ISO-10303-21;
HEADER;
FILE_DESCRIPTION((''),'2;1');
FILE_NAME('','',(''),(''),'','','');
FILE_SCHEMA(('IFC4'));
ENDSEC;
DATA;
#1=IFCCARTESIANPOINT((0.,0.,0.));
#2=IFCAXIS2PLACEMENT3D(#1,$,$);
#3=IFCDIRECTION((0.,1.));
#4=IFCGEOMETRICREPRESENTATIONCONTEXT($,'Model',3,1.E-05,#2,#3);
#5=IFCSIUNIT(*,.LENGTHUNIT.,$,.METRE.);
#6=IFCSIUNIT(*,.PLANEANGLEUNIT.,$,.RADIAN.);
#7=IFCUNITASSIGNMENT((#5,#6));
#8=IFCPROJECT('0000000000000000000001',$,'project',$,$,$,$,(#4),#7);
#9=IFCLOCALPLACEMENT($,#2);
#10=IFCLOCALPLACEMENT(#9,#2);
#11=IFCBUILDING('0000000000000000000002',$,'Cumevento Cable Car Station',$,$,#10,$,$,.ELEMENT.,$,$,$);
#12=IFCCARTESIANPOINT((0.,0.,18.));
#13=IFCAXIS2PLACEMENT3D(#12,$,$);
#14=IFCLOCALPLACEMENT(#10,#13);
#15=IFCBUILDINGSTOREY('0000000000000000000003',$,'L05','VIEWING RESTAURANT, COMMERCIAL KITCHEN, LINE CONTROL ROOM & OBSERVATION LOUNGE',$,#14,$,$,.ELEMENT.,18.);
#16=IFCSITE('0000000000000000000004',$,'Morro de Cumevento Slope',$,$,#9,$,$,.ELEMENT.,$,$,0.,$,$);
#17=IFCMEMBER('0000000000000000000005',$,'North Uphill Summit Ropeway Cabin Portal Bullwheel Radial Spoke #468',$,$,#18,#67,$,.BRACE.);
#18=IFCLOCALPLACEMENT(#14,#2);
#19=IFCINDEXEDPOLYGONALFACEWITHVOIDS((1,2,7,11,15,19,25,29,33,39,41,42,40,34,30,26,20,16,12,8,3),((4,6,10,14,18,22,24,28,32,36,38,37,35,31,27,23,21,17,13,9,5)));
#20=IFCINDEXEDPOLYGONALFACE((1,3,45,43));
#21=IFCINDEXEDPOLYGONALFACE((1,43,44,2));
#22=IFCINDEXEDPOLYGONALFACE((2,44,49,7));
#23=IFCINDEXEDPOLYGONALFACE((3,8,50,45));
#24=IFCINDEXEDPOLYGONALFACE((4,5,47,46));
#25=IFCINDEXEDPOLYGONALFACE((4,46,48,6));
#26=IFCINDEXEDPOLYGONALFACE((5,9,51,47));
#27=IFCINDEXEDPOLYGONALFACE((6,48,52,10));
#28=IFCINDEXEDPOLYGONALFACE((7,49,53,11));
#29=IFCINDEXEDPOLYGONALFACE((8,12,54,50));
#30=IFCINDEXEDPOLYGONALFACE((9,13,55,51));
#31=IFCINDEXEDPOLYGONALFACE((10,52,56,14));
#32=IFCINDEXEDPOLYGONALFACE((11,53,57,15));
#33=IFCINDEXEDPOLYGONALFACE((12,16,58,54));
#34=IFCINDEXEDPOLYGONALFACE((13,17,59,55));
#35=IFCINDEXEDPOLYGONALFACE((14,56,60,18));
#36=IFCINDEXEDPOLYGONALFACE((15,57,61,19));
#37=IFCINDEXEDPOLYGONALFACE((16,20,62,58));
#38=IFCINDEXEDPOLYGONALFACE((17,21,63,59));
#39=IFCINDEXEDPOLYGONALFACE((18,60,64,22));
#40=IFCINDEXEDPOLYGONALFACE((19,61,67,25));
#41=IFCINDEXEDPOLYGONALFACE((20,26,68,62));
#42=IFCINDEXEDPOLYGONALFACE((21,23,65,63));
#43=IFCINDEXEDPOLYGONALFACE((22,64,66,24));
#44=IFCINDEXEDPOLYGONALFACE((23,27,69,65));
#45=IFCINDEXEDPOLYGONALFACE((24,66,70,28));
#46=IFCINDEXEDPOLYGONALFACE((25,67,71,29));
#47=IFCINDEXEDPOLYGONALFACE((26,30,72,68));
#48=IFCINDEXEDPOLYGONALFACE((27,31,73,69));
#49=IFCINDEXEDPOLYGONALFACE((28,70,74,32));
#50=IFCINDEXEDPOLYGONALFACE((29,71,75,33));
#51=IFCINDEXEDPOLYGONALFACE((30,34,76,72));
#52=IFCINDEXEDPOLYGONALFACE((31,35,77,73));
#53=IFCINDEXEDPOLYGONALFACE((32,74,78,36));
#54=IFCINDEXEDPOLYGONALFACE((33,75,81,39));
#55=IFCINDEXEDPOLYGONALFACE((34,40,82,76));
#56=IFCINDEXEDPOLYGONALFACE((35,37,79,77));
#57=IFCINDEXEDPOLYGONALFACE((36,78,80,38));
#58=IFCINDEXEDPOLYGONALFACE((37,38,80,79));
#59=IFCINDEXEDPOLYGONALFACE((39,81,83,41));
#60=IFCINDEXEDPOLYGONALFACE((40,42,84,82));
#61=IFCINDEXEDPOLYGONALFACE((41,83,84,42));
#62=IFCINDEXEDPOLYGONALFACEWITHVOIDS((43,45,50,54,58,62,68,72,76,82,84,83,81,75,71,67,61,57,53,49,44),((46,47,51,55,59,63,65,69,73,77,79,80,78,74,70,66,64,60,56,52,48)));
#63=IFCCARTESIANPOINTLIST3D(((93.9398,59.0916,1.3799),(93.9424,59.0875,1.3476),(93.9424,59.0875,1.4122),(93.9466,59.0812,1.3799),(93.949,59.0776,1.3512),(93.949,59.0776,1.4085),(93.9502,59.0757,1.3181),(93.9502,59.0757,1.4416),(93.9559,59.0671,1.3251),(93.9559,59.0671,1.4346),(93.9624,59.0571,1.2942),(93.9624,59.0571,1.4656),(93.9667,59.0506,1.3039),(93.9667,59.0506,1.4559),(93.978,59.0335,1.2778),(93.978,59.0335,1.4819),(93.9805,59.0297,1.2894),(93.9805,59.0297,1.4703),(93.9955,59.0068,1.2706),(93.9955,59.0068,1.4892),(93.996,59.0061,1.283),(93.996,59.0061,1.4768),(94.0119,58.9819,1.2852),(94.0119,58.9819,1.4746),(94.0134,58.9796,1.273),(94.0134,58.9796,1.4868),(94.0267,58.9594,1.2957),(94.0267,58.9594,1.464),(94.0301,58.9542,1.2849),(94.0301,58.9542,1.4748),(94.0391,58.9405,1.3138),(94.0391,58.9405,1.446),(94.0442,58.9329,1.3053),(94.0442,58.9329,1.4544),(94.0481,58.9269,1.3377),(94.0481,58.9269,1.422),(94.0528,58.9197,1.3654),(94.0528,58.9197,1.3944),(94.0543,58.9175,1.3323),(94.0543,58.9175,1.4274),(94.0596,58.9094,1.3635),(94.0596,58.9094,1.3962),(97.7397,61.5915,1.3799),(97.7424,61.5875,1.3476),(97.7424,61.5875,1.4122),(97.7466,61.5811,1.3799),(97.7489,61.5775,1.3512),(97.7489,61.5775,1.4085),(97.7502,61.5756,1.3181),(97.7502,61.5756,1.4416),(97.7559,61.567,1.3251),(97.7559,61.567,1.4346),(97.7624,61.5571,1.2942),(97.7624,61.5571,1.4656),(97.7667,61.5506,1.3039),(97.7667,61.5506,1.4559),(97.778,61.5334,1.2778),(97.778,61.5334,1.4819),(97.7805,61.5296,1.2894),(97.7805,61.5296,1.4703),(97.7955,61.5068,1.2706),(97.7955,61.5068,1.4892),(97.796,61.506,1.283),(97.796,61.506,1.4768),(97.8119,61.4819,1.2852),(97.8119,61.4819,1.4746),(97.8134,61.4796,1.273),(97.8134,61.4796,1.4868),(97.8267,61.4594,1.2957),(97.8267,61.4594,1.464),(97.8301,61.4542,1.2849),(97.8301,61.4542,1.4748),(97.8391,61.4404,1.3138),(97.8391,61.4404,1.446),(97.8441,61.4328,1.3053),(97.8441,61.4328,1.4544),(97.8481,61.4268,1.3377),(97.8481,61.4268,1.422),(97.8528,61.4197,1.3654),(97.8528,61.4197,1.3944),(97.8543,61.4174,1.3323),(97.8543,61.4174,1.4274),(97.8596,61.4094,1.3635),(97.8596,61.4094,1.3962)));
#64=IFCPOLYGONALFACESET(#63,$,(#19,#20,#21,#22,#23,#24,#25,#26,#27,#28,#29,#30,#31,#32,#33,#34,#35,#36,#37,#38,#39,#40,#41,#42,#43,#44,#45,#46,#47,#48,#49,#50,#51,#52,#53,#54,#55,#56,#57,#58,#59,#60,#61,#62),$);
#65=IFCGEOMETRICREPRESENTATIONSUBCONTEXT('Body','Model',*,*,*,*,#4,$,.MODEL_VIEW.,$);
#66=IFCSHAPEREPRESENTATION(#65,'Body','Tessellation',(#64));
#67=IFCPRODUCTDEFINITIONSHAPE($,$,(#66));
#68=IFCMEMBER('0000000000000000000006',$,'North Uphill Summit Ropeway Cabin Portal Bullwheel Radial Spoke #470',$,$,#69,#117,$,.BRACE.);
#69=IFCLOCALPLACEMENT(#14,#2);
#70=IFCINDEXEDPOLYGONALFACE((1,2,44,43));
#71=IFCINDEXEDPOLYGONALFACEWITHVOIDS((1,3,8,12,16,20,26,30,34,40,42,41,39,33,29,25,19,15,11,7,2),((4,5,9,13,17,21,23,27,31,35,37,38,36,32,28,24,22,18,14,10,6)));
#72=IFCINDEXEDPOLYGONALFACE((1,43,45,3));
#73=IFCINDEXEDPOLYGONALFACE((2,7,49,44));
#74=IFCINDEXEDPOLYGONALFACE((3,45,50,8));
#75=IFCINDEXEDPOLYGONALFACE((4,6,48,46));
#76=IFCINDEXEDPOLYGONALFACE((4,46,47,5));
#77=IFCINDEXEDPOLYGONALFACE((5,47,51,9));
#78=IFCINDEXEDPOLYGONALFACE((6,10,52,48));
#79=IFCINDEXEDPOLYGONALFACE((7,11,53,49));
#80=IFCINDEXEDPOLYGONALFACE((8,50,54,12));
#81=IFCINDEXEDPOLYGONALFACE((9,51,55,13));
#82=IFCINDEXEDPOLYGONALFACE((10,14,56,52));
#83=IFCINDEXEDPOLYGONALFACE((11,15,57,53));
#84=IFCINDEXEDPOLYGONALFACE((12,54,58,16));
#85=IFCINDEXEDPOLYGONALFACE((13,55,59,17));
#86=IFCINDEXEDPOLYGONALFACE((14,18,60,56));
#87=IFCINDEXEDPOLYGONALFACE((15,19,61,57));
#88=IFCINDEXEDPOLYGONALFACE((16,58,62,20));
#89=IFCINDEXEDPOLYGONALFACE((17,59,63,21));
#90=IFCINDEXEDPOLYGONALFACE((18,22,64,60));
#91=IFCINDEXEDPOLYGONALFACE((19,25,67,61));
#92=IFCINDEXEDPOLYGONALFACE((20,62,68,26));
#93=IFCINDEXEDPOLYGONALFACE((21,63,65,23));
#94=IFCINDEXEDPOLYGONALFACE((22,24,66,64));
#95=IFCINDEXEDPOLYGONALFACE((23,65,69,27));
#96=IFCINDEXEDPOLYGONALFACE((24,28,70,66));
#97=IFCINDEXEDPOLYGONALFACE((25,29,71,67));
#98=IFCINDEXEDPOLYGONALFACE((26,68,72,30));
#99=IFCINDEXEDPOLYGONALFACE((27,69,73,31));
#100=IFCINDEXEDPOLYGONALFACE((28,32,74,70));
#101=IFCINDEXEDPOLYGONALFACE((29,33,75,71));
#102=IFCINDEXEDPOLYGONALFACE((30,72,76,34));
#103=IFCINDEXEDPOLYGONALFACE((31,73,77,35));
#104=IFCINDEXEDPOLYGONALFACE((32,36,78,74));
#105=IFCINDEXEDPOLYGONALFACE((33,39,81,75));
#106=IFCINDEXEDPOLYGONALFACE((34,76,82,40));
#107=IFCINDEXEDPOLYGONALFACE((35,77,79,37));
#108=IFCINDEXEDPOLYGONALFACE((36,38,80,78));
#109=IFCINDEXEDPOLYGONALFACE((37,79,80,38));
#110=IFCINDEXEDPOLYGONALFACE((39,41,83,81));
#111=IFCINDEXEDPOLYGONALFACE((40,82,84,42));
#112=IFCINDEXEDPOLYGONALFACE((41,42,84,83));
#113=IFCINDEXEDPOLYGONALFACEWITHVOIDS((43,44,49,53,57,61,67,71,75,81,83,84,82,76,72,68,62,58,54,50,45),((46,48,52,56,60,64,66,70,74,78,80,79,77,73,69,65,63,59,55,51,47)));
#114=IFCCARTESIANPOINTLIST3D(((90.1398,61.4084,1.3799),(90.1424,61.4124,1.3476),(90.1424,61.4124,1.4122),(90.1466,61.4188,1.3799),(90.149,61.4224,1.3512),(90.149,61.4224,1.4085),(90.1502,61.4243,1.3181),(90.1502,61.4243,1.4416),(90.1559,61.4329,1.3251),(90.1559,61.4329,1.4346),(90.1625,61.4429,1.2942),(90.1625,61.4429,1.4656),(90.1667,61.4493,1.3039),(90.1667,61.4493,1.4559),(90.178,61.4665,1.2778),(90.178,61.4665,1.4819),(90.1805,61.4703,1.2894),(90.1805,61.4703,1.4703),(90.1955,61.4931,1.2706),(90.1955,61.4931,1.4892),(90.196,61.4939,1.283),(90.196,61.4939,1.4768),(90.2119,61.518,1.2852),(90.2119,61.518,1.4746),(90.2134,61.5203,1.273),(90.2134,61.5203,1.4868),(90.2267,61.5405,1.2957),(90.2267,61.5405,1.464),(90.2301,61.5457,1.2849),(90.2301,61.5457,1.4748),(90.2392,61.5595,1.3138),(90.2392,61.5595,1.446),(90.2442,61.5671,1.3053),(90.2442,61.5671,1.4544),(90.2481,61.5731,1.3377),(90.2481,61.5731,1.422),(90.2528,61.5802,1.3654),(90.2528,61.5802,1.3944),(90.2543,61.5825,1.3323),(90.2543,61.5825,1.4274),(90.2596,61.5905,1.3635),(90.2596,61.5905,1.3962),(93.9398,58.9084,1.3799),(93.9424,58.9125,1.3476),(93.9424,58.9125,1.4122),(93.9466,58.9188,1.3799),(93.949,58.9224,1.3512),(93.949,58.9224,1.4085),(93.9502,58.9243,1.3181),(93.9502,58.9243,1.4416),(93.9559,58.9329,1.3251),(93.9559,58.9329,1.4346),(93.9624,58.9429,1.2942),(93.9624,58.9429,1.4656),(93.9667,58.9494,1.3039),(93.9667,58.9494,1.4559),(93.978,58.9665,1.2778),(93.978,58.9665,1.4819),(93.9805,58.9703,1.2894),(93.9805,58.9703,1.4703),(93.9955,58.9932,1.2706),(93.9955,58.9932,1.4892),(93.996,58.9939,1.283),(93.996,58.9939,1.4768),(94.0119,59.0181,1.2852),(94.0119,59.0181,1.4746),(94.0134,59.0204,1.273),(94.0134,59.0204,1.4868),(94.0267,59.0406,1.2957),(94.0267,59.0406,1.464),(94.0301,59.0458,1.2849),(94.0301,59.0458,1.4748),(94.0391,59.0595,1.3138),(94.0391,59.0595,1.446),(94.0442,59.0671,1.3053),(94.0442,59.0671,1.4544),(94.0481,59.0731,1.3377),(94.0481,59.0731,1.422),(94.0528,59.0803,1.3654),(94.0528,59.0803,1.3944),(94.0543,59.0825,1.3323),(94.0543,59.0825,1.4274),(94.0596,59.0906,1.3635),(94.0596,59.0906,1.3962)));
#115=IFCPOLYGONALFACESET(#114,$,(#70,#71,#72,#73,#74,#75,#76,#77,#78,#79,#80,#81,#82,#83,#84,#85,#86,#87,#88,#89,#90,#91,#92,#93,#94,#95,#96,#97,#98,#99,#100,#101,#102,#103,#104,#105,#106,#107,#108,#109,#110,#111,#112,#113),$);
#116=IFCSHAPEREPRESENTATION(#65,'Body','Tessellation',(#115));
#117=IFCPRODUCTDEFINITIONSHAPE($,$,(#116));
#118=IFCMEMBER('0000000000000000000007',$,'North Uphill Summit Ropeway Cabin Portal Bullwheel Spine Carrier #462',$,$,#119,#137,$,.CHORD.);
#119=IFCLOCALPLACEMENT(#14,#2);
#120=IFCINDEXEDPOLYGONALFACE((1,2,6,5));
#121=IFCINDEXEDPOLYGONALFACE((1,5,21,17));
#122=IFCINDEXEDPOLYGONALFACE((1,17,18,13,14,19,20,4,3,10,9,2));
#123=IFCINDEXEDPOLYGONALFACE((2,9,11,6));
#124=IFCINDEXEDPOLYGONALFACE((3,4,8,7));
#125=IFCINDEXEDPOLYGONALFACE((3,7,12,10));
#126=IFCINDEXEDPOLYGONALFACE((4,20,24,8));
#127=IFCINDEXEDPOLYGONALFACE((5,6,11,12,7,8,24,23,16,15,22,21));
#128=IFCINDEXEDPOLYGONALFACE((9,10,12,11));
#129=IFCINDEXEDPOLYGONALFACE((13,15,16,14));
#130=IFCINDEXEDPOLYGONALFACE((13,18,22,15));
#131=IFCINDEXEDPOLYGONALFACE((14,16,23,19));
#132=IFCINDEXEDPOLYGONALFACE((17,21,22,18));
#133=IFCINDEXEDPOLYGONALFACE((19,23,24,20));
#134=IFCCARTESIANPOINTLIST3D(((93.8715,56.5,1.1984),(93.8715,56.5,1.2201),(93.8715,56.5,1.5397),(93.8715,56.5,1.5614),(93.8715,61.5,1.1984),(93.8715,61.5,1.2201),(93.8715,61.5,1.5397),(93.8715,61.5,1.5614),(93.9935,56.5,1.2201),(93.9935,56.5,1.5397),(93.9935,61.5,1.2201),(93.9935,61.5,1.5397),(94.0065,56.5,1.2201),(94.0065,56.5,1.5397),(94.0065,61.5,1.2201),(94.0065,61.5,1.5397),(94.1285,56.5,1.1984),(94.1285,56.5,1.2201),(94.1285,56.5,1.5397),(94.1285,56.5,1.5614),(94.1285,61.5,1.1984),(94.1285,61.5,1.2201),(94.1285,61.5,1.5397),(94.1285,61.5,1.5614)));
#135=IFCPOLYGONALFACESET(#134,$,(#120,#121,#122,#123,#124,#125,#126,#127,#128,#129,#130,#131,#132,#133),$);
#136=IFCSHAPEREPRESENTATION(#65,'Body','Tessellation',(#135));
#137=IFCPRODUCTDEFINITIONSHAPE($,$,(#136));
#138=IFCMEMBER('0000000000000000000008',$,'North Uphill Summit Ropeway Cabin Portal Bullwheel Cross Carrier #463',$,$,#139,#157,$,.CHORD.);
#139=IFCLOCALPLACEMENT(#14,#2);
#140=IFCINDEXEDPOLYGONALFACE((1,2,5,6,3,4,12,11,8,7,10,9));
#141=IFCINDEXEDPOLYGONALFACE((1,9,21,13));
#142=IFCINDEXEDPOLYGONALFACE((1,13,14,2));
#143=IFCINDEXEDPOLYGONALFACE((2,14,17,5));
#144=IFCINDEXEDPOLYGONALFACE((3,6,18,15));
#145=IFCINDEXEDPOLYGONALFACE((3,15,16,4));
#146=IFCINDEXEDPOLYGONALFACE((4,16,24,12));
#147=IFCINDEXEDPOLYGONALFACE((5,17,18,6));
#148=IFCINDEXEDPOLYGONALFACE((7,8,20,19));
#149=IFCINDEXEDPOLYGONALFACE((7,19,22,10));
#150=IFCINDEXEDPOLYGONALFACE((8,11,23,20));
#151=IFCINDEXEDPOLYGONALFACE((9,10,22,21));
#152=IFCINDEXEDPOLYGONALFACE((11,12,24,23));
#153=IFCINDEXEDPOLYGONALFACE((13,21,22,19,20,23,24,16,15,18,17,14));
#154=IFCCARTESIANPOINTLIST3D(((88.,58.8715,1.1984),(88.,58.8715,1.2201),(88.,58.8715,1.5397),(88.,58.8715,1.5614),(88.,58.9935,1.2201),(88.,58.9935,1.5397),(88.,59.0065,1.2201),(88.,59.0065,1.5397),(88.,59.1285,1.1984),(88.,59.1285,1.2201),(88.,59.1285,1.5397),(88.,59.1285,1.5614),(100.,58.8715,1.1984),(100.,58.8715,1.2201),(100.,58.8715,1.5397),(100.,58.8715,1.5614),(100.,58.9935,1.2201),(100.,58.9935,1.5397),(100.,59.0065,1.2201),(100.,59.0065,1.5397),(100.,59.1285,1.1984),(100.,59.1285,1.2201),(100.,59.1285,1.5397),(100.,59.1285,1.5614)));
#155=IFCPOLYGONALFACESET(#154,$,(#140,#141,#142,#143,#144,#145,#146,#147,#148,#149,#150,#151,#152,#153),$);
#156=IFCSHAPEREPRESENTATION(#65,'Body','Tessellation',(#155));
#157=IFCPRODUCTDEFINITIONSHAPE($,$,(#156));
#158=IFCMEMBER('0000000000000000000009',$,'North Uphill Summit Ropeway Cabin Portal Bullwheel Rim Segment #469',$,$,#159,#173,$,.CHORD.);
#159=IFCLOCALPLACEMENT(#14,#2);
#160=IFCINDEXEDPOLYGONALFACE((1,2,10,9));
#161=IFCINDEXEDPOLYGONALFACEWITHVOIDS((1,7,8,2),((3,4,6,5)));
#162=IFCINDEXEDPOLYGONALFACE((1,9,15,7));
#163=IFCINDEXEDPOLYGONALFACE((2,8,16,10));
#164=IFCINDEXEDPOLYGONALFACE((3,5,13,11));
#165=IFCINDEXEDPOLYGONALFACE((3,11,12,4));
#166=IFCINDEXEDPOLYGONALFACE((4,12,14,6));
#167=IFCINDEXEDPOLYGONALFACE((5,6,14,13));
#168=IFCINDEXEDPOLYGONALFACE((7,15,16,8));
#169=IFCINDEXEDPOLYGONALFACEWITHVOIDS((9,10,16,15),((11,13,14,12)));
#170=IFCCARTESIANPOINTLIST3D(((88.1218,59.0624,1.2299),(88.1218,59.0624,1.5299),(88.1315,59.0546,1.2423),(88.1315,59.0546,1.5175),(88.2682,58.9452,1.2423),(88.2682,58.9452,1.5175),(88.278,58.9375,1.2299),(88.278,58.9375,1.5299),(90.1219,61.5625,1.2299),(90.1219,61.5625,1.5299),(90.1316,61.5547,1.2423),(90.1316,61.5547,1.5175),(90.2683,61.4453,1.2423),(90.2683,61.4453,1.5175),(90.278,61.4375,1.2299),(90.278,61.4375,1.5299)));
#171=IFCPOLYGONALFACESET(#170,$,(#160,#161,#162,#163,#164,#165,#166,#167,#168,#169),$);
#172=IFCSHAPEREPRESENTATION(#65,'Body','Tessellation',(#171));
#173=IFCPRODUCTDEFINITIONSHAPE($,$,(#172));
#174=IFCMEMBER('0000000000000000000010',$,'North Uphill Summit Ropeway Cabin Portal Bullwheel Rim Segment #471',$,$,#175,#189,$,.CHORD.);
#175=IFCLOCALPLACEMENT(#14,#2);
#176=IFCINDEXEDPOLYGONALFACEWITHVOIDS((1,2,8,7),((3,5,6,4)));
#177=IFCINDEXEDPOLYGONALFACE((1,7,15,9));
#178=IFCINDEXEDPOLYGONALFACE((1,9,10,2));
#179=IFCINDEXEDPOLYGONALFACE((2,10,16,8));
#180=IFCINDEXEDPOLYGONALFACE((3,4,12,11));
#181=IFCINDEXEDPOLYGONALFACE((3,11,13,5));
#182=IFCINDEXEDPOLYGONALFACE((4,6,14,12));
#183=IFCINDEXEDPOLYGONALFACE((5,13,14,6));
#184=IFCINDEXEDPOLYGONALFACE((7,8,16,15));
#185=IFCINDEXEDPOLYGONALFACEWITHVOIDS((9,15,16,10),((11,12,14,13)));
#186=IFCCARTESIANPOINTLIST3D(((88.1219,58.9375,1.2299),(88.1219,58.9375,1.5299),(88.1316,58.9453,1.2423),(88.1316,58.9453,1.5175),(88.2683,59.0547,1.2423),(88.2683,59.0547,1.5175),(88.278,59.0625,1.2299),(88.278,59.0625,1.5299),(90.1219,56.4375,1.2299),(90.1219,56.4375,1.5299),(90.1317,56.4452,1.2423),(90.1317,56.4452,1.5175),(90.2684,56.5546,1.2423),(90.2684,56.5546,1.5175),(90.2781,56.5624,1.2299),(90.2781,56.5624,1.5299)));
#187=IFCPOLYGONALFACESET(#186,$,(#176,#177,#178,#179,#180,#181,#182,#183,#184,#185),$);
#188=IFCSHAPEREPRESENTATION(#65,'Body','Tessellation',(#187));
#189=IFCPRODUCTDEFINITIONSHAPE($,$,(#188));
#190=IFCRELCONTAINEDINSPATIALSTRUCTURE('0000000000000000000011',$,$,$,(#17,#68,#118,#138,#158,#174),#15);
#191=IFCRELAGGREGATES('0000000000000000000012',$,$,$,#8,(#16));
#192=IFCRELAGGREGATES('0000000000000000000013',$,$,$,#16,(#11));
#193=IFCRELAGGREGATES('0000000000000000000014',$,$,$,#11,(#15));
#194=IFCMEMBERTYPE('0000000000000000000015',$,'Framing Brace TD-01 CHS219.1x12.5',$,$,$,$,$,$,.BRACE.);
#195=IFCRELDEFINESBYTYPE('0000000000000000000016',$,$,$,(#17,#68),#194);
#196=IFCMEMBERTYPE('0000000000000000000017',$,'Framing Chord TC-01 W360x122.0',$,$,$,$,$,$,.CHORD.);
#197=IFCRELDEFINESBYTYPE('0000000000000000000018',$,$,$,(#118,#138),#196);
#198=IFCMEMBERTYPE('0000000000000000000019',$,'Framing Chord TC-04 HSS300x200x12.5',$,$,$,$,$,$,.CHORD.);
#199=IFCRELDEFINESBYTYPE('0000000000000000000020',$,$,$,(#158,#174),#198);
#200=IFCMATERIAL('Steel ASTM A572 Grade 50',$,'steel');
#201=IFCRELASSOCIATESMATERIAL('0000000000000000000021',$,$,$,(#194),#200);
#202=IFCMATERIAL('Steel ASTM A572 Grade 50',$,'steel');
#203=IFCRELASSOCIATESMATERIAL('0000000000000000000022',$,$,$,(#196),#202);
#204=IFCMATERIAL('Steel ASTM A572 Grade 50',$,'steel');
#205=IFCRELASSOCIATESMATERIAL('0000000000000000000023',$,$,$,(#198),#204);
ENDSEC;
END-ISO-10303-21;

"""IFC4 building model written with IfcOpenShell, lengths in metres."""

from ifc_helpers import new_model, si_unit, direction, frame, origin, origin_2d, place, context, subcontext, project, spatial, hollow_rectangle, hollow_circle, i_section, extrude, material, material_profile, profile_set, type_object, element, save


model = new_model("IFC4")

# Units and contexts
model_context = context("Model", 3, precision=1e-05, world=origin(), true_north=direction((0.0, 1.0)))
body_context = subcontext(model_context, "Body", "Model", "MODEL_VIEW")
ifc_project = project(units=[si_unit("LENGTHUNIT", "METRE"), si_unit("PLANEANGLEUNIT", "RADIAN")], contexts=[model_context])

# Site, building, storey
site_placement = place(None, origin())
site = spatial("IfcSite", under=ifc_project, at=site_placement, Name="Morro de Cumevento Slope", CompositionType="ELEMENT", RefElevation=0.0)
building_placement = place(site_placement, origin())
building = spatial("IfcBuilding", under=site, at=building_placement, Name="Cumevento Cable Car Station", CompositionType="ELEMENT")
storey_placement = place(building_placement, frame((0.0, 0.0, 18.0)))
storey = spatial("IfcBuildingStorey", under=building, at=storey_placement, Name="L05", Description="VIEWING RESTAURANT, COMMERCIAL KITCHEN, LINE CONTROL ROOM & OBSERVATION LOUNGE", CompositionType="ELEMENT", Elevation=18.0)

# Members
ifc_material_1 = material(Name="Steel ASTM A572 Grade 50", Category="steel")
ifc_material_profile_1 = material_profile(ifc_material_1, hollow_circle(Radius=0.1096, WallThickness=0.0125, at=origin_2d()), Name="CHS219.1x12.5")
ifc_profile_set_1 = profile_set([ifc_material_profile_1], Name="Steel ASTM A572 Grade 50")
member_type_1 = type_object("IfcMemberType", Name="Framing Brace TD-01 CHS219.1x12.5", PredefinedType="BRACE", material=ifc_profile_set_1)
for number, where, z_axis, x_axis, name in (
    (1, (94.0, 59.0, 1.3799), (0.83542, 0.549612, 0.0), (-0.549612, 0.83542, 0.0), "North Uphill Summit Ropeway Cabin Portal Bullwheel Radial Spoke #468"),
    (2, (94.0, 59.0, 1.3799), (-0.83542, 0.549612, 0.0), (-0.549612, -0.83542, 0.0), "North Uphill Summit Ropeway Cabin Portal Bullwheel Radial Spoke #470"),
):
    element("IfcMember", number, at=place(storey_placement, frame(where, z_axis=z_axis, x_axis=x_axis)), inside=storey, type_object=member_type_1, Name=name, PredefinedType="BRACE", context=body_context, shape_type="SweptSolid", body=[
        extrude(hollow_circle(Radius=0.1096, WallThickness=0.0125, at=origin_2d()), origin(), (0.0, 0.0, 1.0), 4.5486),
    ])
ifc_material_2 = material(Name="Steel ASTM A572 Grade 50", Category="steel")
ifc_material_profile_2 = material_profile(ifc_material_2, i_section(OverallWidth=0.2571, OverallDepth=0.363, WebThickness=0.0129, FlangeThickness=0.0217, at=origin_2d()), Name="W360x122.0")
ifc_profile_set_2 = profile_set([ifc_material_profile_2], Name="Steel ASTM A572 Grade 50")
member_type_2 = type_object("IfcMemberType", Name="Framing Chord TC-01 W360x122.0", PredefinedType="CHORD", material=ifc_profile_set_2)
member_1_placement = place(storey_placement, frame((94.0, 56.5, 1.3799), z_axis=(0.0, 1.0, 0.0), x_axis=(-1.0, 0.0, 0.0)))
element("IfcMember", 3, at=member_1_placement, inside=storey, type_object=member_type_2, Name="North Uphill Summit Ropeway Cabin Portal Bullwheel Spine Carrier #462", PredefinedType="CHORD", context=body_context, shape_type="SweptSolid", body=[
    extrude(i_section(OverallWidth=0.2571, OverallDepth=0.363, WebThickness=0.0129, FlangeThickness=0.0217, at=origin_2d()), origin(), (0.0, 0.0, 1.0), 5.0),
])
member_2_placement = place(storey_placement, frame((88.0, 59.0, 1.3799), z_axis=(1.0, 0.0, 0.0), x_axis=(0.0, 1.0, 0.0)))
element("IfcMember", 4, at=member_2_placement, inside=storey, type_object=member_type_2, Name="North Uphill Summit Ropeway Cabin Portal Bullwheel Cross Carrier #463", PredefinedType="CHORD", context=body_context, shape_type="SweptSolid", body=[
    extrude(i_section(OverallWidth=0.2571, OverallDepth=0.363, WebThickness=0.0129, FlangeThickness=0.0217, at=origin_2d()), origin(), (0.0, 0.0, 1.0), 12.0),
])
ifc_material_3 = material(Name="Steel ASTM A572 Grade 50", Category="steel")
ifc_material_profile_3 = material_profile(ifc_material_3, hollow_rectangle(XDim=0.2, YDim=0.3, WallThickness=0.0125, at=origin_2d()), Name="HSS300x200x12.5")
ifc_profile_set_3 = profile_set([ifc_material_profile_3], Name="Steel ASTM A572 Grade 50")
member_type_3 = type_object("IfcMemberType", Name="Framing Chord TC-04 HSS300x200x12.5", PredefinedType="CHORD", material=ifc_profile_set_3)
for number, where, z_axis, x_axis, name in (
    (5, (90.2, 61.5, 1.3799), (-0.624695, -0.780869, 0.0), (0.780869, -0.624695, 0.0), "North Uphill Summit Ropeway Cabin Portal Bullwheel Rim Segment #469"),
    (6, (88.2, 59.0, 1.3799), (0.624695, -0.780869, 0.0), (0.780869, 0.624695, 0.0), "North Uphill Summit Ropeway Cabin Portal Bullwheel Rim Segment #471"),
):
    element("IfcMember", number, at=place(storey_placement, frame(where, z_axis=z_axis, x_axis=x_axis)), inside=storey, type_object=member_type_3, Name=name, PredefinedType="CHORD", context=body_context, shape_type="SweptSolid", body=[
        extrude(hollow_rectangle(XDim=0.2, YDim=0.3, WallThickness=0.0125, at=origin_2d()), origin(), (0.0, 0.0, 1.0), 3.2017),
    ])

save(model, "model.ifc")
